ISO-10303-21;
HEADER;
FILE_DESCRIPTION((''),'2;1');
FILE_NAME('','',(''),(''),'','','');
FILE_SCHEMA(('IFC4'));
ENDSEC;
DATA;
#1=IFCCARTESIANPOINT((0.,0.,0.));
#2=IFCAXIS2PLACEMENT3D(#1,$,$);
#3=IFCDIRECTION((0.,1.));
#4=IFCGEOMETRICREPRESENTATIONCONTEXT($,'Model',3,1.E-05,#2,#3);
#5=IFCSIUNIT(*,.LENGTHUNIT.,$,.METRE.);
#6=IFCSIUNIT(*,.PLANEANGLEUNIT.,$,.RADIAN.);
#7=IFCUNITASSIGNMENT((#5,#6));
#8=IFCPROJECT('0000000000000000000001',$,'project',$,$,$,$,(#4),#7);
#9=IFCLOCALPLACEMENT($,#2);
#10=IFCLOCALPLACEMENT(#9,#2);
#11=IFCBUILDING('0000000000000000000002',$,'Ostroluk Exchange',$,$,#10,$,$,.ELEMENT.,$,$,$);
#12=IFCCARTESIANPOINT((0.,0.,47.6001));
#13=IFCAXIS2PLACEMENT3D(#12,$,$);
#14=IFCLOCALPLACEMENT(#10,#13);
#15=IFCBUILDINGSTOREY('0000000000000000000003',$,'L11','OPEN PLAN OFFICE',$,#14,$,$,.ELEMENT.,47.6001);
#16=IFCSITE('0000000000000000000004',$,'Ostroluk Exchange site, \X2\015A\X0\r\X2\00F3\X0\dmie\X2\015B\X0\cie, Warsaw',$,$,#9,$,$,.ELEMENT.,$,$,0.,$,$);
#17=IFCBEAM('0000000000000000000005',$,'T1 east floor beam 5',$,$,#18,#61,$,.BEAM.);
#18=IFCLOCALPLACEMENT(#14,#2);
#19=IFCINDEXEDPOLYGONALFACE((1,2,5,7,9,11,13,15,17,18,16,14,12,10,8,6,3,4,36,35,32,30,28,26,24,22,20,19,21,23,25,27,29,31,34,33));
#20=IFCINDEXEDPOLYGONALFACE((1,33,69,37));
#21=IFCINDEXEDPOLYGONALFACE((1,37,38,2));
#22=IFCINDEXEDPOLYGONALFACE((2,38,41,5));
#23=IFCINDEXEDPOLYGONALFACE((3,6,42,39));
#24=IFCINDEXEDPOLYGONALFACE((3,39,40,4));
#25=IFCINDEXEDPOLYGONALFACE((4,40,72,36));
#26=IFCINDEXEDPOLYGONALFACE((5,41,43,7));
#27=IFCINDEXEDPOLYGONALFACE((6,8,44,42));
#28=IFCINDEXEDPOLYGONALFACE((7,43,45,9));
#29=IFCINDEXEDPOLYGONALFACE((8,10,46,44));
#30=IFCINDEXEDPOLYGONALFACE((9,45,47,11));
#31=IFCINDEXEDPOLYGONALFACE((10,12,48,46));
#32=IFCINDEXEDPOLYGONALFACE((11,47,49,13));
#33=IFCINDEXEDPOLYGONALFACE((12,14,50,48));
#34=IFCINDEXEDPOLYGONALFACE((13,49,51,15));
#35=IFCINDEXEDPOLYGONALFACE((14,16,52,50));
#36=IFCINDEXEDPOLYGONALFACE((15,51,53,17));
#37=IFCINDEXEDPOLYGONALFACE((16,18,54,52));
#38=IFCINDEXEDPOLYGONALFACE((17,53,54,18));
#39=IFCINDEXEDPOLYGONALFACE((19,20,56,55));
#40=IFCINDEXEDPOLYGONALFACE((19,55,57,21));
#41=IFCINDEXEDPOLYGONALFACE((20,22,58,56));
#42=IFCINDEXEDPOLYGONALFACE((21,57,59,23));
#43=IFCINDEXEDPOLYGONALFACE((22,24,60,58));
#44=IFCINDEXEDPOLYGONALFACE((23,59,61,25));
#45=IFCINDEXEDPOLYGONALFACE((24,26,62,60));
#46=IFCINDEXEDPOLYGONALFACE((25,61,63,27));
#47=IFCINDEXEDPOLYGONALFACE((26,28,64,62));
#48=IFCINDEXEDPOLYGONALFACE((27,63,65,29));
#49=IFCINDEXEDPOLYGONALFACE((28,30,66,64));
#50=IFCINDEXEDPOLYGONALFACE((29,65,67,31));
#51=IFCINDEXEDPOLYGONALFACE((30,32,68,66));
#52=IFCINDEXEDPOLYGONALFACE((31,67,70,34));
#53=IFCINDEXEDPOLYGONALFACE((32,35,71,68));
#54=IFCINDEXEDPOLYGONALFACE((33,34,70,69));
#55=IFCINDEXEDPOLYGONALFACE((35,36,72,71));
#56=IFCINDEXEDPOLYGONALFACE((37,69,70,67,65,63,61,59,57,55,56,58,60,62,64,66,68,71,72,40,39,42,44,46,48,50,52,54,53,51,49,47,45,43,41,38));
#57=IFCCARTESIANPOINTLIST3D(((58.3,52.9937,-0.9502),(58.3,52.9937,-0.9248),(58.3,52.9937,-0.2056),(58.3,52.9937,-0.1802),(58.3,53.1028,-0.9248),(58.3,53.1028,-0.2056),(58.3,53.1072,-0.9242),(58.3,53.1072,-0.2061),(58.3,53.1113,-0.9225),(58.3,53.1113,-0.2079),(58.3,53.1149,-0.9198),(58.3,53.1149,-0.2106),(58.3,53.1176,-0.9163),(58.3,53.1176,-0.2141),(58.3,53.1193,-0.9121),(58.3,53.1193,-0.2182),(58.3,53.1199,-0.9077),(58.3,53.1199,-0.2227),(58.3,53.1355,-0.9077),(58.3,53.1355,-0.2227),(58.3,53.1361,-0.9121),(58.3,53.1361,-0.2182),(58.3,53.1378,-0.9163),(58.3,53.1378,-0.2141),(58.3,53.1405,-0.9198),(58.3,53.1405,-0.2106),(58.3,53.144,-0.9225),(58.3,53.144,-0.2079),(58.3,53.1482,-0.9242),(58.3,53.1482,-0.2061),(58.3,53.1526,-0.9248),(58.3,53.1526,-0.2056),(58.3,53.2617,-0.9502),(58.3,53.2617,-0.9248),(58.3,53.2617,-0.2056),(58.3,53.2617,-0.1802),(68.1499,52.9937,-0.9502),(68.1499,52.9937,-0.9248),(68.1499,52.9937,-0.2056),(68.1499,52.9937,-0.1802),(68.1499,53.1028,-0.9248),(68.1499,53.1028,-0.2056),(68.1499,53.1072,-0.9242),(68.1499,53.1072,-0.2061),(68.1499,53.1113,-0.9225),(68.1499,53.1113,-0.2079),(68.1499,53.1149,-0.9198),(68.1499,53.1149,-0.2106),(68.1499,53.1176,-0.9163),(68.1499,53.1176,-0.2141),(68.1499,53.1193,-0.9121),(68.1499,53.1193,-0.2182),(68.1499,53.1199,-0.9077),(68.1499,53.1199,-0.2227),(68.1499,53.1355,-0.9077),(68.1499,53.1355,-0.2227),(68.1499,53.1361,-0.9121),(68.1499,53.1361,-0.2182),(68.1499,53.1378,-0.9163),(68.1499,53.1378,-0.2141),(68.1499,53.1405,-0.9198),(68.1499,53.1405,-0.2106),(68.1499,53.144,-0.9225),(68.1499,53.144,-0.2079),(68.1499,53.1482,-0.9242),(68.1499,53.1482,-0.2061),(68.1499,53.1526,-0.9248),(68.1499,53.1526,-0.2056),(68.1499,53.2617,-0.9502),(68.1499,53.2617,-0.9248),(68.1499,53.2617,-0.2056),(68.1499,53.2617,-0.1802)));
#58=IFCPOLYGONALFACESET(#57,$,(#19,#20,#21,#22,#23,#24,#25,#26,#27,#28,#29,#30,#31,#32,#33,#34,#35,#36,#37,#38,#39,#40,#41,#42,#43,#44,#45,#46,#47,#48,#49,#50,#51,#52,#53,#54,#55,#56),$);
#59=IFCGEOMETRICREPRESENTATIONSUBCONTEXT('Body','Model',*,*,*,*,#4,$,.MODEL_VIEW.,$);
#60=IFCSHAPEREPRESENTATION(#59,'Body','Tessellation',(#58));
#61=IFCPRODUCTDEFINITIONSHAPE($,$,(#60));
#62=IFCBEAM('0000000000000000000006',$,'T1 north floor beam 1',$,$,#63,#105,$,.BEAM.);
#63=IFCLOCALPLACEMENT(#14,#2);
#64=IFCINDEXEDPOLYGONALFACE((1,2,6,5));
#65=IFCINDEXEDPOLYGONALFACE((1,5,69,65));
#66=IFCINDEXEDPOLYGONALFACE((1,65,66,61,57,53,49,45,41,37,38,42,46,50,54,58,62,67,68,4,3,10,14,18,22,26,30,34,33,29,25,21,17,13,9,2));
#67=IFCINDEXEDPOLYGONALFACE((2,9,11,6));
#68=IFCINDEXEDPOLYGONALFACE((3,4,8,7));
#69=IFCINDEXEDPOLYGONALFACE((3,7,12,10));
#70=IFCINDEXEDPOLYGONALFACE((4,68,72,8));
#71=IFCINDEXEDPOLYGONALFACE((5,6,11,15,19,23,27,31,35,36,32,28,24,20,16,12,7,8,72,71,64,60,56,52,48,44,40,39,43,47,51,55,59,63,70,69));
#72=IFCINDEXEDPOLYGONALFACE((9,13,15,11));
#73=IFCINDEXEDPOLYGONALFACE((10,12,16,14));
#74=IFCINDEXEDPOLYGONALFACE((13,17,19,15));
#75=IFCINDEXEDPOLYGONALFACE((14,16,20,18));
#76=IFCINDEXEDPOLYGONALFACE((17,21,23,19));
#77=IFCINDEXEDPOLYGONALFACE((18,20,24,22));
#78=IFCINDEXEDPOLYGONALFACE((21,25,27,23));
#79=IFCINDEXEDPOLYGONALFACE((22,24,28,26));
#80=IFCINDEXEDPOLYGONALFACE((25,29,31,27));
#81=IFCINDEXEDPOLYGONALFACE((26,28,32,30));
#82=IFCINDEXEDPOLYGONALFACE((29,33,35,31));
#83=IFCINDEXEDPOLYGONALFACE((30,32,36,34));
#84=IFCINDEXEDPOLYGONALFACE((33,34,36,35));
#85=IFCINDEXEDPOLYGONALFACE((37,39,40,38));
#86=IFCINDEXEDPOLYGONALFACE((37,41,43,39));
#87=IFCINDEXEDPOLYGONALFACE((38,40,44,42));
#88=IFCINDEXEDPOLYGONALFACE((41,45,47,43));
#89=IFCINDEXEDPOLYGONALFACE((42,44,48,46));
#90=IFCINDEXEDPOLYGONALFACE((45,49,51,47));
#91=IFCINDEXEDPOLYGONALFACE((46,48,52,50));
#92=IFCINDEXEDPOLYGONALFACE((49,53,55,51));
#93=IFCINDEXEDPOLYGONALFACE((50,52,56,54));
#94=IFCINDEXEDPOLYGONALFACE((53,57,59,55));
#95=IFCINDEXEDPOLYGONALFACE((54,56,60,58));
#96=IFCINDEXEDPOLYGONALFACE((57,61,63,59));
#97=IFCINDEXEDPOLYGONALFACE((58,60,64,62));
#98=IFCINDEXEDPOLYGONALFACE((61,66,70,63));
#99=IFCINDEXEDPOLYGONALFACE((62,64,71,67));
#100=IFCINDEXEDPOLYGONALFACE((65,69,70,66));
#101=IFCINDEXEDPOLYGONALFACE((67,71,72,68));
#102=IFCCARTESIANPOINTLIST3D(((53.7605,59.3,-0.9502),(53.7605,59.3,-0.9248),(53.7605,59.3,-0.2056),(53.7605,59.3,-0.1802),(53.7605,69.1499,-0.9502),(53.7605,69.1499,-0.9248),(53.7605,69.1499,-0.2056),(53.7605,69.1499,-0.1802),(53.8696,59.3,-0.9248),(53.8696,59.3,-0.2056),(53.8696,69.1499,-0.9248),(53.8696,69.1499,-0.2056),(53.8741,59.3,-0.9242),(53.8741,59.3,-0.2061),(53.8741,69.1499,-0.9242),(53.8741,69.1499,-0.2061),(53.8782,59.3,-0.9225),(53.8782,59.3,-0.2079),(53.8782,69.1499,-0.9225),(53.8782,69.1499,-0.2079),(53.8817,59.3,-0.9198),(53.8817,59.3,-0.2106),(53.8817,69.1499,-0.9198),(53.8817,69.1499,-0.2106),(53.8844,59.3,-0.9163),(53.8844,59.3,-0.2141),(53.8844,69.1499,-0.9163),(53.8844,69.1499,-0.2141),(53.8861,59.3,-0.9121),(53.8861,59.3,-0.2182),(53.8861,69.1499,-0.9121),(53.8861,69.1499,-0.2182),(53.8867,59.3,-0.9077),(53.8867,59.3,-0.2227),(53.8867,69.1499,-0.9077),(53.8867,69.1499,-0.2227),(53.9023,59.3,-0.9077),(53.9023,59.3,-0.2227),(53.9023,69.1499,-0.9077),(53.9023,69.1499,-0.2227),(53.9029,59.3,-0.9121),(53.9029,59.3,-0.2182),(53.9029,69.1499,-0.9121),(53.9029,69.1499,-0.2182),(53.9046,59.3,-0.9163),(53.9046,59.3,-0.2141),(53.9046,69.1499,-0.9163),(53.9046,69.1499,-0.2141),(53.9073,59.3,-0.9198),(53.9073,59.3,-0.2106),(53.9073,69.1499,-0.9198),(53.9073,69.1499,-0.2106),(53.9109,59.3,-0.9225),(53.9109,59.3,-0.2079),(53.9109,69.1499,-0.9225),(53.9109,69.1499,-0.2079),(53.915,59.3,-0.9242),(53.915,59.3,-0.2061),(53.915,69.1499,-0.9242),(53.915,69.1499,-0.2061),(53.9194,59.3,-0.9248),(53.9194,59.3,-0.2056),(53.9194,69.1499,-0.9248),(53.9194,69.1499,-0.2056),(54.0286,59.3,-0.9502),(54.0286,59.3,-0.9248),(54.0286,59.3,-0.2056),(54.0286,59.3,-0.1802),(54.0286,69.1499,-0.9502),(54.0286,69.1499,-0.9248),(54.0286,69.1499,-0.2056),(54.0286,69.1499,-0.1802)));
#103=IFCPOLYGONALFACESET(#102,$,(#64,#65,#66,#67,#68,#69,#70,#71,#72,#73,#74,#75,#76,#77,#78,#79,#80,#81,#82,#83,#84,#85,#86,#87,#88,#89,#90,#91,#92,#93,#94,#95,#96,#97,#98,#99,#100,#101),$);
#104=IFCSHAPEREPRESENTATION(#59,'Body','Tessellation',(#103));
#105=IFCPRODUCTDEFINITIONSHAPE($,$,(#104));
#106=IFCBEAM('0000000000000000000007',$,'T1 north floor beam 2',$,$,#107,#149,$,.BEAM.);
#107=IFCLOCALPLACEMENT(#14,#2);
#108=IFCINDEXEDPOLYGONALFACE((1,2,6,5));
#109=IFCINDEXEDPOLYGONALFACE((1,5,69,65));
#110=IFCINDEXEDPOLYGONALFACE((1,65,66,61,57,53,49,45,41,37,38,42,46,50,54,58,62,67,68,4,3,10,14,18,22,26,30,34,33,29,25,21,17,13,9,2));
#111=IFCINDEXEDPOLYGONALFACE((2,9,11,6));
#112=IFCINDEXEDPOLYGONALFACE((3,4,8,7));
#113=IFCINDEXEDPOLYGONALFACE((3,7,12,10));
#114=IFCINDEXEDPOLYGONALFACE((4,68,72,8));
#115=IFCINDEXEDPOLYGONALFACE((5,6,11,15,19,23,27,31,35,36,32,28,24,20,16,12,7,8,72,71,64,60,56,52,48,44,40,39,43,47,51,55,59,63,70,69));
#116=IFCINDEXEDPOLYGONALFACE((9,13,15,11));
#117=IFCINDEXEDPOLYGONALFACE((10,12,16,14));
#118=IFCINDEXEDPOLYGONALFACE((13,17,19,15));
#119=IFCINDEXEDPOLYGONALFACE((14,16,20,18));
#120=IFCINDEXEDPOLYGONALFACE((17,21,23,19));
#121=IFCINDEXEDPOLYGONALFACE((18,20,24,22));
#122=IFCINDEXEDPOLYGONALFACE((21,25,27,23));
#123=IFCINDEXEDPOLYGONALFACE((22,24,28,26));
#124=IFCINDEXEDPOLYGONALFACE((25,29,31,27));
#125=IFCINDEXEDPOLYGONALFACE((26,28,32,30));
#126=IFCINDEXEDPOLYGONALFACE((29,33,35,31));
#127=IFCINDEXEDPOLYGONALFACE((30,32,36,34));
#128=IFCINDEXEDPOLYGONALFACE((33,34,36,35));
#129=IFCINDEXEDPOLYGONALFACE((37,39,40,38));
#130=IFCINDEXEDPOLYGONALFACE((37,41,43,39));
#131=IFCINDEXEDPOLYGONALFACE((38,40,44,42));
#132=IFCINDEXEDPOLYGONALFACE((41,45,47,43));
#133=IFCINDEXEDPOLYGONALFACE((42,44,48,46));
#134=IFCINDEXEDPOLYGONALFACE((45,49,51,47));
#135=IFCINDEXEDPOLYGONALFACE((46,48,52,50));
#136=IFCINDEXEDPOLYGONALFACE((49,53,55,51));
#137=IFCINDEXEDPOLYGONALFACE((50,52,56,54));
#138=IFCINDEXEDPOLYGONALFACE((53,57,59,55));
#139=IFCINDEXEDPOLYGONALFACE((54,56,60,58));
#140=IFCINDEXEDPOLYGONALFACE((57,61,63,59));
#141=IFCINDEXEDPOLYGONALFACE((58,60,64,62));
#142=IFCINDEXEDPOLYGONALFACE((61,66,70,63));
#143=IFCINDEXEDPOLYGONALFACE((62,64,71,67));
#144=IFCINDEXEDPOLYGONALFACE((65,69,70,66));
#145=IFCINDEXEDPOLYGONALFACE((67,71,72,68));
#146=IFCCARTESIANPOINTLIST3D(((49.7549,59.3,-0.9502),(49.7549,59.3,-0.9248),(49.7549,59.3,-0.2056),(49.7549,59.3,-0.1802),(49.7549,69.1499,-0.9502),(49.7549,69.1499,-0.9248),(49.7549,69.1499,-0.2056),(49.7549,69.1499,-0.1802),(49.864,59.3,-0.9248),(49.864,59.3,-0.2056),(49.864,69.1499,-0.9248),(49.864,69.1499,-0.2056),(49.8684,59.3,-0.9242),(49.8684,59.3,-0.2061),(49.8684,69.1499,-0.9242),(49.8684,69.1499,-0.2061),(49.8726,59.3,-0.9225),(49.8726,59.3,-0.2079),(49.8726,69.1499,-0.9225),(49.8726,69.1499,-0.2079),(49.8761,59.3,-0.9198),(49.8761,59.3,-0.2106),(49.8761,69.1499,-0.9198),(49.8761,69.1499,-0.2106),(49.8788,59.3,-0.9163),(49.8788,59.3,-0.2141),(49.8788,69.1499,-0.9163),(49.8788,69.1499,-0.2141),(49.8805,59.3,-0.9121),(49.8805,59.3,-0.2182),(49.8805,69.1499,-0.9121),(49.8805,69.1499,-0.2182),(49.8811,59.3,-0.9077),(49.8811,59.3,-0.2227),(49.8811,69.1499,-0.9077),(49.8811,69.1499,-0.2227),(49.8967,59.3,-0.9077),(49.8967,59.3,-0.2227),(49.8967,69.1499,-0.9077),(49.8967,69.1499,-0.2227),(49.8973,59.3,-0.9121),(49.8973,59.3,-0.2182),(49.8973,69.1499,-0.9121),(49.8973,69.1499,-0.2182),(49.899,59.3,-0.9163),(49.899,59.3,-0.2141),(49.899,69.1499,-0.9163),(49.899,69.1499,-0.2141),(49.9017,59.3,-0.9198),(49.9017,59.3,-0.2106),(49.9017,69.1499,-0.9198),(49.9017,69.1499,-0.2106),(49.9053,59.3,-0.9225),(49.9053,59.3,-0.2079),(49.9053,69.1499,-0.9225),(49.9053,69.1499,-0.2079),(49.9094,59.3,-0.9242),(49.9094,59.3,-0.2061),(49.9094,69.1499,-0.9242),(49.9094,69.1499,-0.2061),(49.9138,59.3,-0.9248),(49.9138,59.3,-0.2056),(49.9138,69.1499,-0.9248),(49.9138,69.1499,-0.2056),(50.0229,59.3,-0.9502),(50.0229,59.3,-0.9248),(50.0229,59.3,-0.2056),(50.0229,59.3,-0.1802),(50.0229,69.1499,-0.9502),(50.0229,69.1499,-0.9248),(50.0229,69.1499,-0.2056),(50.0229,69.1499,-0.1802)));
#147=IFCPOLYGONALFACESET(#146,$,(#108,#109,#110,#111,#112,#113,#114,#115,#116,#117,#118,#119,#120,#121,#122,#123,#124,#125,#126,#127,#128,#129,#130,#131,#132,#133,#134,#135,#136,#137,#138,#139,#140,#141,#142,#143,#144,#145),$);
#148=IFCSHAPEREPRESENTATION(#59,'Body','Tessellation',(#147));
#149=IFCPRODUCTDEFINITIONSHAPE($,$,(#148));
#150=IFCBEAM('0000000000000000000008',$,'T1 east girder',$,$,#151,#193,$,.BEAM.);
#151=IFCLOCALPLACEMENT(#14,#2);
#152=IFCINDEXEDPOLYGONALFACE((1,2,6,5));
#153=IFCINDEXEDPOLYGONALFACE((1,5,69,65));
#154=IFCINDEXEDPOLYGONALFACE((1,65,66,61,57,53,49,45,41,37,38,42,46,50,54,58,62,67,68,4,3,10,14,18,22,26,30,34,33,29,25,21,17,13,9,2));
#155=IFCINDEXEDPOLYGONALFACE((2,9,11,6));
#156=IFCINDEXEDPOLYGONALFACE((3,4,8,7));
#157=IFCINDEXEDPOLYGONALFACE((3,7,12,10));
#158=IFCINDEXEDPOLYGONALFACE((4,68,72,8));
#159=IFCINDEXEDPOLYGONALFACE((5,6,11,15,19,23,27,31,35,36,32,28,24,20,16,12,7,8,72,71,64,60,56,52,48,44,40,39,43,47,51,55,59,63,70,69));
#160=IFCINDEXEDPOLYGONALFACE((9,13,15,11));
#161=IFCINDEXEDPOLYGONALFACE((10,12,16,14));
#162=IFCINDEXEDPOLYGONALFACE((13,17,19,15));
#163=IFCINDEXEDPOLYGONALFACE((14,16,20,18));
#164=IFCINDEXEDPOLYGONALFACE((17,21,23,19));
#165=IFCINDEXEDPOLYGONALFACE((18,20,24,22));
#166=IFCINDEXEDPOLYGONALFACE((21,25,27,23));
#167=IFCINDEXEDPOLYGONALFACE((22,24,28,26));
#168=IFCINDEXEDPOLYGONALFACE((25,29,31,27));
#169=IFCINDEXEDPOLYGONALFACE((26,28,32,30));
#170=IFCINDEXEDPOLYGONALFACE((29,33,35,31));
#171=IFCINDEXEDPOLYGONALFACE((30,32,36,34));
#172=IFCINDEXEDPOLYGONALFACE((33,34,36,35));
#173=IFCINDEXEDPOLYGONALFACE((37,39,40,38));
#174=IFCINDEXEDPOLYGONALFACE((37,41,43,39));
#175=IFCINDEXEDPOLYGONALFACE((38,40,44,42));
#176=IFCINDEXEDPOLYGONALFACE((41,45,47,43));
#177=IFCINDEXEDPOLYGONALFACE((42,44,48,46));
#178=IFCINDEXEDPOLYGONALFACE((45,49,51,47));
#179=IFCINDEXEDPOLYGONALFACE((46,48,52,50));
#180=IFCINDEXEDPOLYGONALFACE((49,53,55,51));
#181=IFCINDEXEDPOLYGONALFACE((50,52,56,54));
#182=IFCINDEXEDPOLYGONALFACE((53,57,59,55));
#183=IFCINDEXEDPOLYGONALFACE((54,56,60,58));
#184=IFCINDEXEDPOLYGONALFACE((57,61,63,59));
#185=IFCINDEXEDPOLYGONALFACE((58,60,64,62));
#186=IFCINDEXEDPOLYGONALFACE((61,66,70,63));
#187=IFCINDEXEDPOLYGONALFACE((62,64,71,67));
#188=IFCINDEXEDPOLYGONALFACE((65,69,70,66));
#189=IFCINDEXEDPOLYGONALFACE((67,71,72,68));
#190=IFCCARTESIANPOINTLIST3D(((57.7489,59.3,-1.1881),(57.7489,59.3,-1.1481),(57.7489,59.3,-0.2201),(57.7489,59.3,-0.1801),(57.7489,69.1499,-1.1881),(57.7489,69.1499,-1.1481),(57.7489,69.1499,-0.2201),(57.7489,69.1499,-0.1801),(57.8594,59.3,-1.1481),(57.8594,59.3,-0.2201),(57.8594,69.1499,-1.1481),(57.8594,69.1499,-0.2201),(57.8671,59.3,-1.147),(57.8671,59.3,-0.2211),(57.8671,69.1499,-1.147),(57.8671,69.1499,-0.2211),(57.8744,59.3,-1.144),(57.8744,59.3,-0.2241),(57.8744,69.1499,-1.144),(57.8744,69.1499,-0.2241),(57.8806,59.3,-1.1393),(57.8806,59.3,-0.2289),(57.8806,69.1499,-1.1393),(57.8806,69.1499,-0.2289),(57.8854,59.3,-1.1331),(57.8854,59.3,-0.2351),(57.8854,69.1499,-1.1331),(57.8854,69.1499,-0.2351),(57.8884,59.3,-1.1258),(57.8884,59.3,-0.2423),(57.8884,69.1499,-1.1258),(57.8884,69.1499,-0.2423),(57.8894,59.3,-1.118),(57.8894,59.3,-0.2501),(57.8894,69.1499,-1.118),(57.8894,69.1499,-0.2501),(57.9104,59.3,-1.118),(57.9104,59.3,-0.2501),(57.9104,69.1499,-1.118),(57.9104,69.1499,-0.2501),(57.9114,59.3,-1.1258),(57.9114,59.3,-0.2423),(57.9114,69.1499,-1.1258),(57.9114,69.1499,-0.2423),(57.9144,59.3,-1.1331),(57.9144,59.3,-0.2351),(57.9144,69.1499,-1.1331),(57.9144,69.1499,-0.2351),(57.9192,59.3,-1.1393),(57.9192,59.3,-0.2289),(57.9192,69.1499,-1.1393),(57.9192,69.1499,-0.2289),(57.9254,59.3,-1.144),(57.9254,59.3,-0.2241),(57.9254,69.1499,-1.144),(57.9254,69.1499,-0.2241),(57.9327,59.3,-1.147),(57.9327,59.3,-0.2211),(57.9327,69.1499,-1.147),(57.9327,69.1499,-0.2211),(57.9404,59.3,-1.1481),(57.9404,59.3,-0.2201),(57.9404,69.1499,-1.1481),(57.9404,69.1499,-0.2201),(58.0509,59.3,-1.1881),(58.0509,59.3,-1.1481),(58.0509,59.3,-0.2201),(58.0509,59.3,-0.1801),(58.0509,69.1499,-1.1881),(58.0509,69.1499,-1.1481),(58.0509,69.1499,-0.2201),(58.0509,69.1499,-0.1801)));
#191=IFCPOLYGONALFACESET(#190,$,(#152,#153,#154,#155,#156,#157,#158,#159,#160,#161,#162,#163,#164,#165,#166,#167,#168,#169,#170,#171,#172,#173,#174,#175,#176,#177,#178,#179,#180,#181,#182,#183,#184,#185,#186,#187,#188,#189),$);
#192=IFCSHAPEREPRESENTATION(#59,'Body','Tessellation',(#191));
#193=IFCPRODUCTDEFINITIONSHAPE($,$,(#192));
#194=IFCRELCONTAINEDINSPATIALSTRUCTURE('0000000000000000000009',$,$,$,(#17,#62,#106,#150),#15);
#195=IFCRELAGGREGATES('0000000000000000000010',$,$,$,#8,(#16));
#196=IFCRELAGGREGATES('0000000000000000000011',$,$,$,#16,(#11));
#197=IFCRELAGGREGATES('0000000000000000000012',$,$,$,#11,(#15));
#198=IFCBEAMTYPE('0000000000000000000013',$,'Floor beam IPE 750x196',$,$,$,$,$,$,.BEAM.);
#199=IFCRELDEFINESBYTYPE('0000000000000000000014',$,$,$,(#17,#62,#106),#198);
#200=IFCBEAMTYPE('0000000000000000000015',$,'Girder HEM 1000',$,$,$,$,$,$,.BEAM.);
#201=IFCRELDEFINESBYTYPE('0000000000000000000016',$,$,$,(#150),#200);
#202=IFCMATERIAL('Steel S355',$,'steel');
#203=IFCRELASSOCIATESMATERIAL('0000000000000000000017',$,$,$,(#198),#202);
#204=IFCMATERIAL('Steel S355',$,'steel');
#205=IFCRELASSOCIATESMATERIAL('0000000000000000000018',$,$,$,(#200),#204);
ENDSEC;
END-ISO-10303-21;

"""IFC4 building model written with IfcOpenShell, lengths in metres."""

from ifc_helpers import new_model, si_unit, direction, frame, origin, origin_2d, place, context, subcontext, project, spatial, i_section, extrude, material, material_profile, profile_set, type_object, element, save


model = new_model("IFC4")

# Units and contexts
model_context = context("Model", 3, precision=1e-05, world=origin(), true_north=direction((0.0, 1.0)))
body_context = subcontext(model_context, "Body", "Model", "MODEL_VIEW")
ifc_project = project(units=[si_unit("LENGTHUNIT", "METRE"), si_unit("PLANEANGLEUNIT", "RADIAN")], contexts=[model_context])

# Site, building, storey
site_placement = place(None, origin())
site = spatial("IfcSite", under=ifc_project, at=site_placement, Name="Ostroluk Exchange site, Śródmieście, Warsaw", CompositionType="ELEMENT", RefElevation=0.0)
building_placement = place(site_placement, origin())
building = spatial("IfcBuilding", under=site, at=building_placement, Name="Ostroluk Exchange", CompositionType="ELEMENT")
storey_placement = place(building_placement, frame((0.0, 0.0, 47.6001)))
storey = spatial("IfcBuildingStorey", under=building, at=storey_placement, Name="L11", Description="OPEN PLAN OFFICE", CompositionType="ELEMENT", Elevation=47.6001)

# Beams
ifc_material_1 = material(Name="Steel S355", Category="steel")
ifc_material_profile_1 = material_profile(ifc_material_1, i_section(OverallWidth=0.2681, OverallDepth=0.77, WebThickness=0.0156, FlangeThickness=0.0254, FilletRadius=0.0171, at=origin_2d()), Name="IPE 750x196")
ifc_profile_set_1 = profile_set([ifc_material_profile_1], Name="Steel S355")
beam_type_1 = type_object("IfcBeamType", Name="Floor beam IPE 750x196", PredefinedType="BEAM", material=ifc_profile_set_1)
for number, where, z_axis, x_axis, name in (
    (1, (58.3, 53.1277, -0.5652), (1.0, 0.0, 0.0), (0.0, 1.0, 0.0), "T1 east floor beam 5"),
    (2, (53.8945, 59.3, -0.5652), (0.0, 1.0, 0.0), (-1.0, 0.0, 0.0), "T1 north floor beam 1"),
    (3, (49.8889, 59.3, -0.5652), (0.0, 1.0, 0.0), (-1.0, 0.0, 0.0), "T1 north floor beam 2"),
):
    element("IfcBeam", number, at=place(storey_placement, frame(where, z_axis=z_axis, x_axis=x_axis)), inside=storey, type_object=beam_type_1, Name=name, PredefinedType="BEAM", context=body_context, shape_type="SweptSolid", body=[
        extrude(i_section(OverallWidth=0.2681, OverallDepth=0.77, WebThickness=0.0156, FlangeThickness=0.0254, FilletRadius=0.0171, at=origin_2d()), origin(), (0.0, 0.0, 1.0), 9.8499),
    ])
ifc_material_2 = material(Name="Steel S355", Category="steel")
ifc_material_profile_2 = material_profile(ifc_material_2, i_section(OverallWidth=0.302, OverallDepth=1.0081, WebThickness=0.021, FlangeThickness=0.04, FilletRadius=0.03, at=origin_2d()), Name="HEM 1000")
ifc_profile_set_2 = profile_set([ifc_material_profile_2], Name="Steel S355")
beam_type_2 = type_object("IfcBeamType", Name="Girder HEM 1000", PredefinedType="BEAM", material=ifc_profile_set_2)
beam_1_placement = place(storey_placement, frame((57.8999, 59.3, -0.6841), z_axis=(0.0, 1.0, 0.0), x_axis=(-1.0, 0.0, 0.0)))
element("IfcBeam", 4, at=beam_1_placement, inside=storey, type_object=beam_type_2, Name="T1 east girder", PredefinedType="BEAM", context=body_context, shape_type="SweptSolid", body=[
    extrude(i_section(OverallWidth=0.302, OverallDepth=1.0081, WebThickness=0.021, FlangeThickness=0.04, FilletRadius=0.03, at=origin_2d()), origin(), (0.0, 0.0, 1.0), 9.8499),
])

save(model, "model.ifc")
